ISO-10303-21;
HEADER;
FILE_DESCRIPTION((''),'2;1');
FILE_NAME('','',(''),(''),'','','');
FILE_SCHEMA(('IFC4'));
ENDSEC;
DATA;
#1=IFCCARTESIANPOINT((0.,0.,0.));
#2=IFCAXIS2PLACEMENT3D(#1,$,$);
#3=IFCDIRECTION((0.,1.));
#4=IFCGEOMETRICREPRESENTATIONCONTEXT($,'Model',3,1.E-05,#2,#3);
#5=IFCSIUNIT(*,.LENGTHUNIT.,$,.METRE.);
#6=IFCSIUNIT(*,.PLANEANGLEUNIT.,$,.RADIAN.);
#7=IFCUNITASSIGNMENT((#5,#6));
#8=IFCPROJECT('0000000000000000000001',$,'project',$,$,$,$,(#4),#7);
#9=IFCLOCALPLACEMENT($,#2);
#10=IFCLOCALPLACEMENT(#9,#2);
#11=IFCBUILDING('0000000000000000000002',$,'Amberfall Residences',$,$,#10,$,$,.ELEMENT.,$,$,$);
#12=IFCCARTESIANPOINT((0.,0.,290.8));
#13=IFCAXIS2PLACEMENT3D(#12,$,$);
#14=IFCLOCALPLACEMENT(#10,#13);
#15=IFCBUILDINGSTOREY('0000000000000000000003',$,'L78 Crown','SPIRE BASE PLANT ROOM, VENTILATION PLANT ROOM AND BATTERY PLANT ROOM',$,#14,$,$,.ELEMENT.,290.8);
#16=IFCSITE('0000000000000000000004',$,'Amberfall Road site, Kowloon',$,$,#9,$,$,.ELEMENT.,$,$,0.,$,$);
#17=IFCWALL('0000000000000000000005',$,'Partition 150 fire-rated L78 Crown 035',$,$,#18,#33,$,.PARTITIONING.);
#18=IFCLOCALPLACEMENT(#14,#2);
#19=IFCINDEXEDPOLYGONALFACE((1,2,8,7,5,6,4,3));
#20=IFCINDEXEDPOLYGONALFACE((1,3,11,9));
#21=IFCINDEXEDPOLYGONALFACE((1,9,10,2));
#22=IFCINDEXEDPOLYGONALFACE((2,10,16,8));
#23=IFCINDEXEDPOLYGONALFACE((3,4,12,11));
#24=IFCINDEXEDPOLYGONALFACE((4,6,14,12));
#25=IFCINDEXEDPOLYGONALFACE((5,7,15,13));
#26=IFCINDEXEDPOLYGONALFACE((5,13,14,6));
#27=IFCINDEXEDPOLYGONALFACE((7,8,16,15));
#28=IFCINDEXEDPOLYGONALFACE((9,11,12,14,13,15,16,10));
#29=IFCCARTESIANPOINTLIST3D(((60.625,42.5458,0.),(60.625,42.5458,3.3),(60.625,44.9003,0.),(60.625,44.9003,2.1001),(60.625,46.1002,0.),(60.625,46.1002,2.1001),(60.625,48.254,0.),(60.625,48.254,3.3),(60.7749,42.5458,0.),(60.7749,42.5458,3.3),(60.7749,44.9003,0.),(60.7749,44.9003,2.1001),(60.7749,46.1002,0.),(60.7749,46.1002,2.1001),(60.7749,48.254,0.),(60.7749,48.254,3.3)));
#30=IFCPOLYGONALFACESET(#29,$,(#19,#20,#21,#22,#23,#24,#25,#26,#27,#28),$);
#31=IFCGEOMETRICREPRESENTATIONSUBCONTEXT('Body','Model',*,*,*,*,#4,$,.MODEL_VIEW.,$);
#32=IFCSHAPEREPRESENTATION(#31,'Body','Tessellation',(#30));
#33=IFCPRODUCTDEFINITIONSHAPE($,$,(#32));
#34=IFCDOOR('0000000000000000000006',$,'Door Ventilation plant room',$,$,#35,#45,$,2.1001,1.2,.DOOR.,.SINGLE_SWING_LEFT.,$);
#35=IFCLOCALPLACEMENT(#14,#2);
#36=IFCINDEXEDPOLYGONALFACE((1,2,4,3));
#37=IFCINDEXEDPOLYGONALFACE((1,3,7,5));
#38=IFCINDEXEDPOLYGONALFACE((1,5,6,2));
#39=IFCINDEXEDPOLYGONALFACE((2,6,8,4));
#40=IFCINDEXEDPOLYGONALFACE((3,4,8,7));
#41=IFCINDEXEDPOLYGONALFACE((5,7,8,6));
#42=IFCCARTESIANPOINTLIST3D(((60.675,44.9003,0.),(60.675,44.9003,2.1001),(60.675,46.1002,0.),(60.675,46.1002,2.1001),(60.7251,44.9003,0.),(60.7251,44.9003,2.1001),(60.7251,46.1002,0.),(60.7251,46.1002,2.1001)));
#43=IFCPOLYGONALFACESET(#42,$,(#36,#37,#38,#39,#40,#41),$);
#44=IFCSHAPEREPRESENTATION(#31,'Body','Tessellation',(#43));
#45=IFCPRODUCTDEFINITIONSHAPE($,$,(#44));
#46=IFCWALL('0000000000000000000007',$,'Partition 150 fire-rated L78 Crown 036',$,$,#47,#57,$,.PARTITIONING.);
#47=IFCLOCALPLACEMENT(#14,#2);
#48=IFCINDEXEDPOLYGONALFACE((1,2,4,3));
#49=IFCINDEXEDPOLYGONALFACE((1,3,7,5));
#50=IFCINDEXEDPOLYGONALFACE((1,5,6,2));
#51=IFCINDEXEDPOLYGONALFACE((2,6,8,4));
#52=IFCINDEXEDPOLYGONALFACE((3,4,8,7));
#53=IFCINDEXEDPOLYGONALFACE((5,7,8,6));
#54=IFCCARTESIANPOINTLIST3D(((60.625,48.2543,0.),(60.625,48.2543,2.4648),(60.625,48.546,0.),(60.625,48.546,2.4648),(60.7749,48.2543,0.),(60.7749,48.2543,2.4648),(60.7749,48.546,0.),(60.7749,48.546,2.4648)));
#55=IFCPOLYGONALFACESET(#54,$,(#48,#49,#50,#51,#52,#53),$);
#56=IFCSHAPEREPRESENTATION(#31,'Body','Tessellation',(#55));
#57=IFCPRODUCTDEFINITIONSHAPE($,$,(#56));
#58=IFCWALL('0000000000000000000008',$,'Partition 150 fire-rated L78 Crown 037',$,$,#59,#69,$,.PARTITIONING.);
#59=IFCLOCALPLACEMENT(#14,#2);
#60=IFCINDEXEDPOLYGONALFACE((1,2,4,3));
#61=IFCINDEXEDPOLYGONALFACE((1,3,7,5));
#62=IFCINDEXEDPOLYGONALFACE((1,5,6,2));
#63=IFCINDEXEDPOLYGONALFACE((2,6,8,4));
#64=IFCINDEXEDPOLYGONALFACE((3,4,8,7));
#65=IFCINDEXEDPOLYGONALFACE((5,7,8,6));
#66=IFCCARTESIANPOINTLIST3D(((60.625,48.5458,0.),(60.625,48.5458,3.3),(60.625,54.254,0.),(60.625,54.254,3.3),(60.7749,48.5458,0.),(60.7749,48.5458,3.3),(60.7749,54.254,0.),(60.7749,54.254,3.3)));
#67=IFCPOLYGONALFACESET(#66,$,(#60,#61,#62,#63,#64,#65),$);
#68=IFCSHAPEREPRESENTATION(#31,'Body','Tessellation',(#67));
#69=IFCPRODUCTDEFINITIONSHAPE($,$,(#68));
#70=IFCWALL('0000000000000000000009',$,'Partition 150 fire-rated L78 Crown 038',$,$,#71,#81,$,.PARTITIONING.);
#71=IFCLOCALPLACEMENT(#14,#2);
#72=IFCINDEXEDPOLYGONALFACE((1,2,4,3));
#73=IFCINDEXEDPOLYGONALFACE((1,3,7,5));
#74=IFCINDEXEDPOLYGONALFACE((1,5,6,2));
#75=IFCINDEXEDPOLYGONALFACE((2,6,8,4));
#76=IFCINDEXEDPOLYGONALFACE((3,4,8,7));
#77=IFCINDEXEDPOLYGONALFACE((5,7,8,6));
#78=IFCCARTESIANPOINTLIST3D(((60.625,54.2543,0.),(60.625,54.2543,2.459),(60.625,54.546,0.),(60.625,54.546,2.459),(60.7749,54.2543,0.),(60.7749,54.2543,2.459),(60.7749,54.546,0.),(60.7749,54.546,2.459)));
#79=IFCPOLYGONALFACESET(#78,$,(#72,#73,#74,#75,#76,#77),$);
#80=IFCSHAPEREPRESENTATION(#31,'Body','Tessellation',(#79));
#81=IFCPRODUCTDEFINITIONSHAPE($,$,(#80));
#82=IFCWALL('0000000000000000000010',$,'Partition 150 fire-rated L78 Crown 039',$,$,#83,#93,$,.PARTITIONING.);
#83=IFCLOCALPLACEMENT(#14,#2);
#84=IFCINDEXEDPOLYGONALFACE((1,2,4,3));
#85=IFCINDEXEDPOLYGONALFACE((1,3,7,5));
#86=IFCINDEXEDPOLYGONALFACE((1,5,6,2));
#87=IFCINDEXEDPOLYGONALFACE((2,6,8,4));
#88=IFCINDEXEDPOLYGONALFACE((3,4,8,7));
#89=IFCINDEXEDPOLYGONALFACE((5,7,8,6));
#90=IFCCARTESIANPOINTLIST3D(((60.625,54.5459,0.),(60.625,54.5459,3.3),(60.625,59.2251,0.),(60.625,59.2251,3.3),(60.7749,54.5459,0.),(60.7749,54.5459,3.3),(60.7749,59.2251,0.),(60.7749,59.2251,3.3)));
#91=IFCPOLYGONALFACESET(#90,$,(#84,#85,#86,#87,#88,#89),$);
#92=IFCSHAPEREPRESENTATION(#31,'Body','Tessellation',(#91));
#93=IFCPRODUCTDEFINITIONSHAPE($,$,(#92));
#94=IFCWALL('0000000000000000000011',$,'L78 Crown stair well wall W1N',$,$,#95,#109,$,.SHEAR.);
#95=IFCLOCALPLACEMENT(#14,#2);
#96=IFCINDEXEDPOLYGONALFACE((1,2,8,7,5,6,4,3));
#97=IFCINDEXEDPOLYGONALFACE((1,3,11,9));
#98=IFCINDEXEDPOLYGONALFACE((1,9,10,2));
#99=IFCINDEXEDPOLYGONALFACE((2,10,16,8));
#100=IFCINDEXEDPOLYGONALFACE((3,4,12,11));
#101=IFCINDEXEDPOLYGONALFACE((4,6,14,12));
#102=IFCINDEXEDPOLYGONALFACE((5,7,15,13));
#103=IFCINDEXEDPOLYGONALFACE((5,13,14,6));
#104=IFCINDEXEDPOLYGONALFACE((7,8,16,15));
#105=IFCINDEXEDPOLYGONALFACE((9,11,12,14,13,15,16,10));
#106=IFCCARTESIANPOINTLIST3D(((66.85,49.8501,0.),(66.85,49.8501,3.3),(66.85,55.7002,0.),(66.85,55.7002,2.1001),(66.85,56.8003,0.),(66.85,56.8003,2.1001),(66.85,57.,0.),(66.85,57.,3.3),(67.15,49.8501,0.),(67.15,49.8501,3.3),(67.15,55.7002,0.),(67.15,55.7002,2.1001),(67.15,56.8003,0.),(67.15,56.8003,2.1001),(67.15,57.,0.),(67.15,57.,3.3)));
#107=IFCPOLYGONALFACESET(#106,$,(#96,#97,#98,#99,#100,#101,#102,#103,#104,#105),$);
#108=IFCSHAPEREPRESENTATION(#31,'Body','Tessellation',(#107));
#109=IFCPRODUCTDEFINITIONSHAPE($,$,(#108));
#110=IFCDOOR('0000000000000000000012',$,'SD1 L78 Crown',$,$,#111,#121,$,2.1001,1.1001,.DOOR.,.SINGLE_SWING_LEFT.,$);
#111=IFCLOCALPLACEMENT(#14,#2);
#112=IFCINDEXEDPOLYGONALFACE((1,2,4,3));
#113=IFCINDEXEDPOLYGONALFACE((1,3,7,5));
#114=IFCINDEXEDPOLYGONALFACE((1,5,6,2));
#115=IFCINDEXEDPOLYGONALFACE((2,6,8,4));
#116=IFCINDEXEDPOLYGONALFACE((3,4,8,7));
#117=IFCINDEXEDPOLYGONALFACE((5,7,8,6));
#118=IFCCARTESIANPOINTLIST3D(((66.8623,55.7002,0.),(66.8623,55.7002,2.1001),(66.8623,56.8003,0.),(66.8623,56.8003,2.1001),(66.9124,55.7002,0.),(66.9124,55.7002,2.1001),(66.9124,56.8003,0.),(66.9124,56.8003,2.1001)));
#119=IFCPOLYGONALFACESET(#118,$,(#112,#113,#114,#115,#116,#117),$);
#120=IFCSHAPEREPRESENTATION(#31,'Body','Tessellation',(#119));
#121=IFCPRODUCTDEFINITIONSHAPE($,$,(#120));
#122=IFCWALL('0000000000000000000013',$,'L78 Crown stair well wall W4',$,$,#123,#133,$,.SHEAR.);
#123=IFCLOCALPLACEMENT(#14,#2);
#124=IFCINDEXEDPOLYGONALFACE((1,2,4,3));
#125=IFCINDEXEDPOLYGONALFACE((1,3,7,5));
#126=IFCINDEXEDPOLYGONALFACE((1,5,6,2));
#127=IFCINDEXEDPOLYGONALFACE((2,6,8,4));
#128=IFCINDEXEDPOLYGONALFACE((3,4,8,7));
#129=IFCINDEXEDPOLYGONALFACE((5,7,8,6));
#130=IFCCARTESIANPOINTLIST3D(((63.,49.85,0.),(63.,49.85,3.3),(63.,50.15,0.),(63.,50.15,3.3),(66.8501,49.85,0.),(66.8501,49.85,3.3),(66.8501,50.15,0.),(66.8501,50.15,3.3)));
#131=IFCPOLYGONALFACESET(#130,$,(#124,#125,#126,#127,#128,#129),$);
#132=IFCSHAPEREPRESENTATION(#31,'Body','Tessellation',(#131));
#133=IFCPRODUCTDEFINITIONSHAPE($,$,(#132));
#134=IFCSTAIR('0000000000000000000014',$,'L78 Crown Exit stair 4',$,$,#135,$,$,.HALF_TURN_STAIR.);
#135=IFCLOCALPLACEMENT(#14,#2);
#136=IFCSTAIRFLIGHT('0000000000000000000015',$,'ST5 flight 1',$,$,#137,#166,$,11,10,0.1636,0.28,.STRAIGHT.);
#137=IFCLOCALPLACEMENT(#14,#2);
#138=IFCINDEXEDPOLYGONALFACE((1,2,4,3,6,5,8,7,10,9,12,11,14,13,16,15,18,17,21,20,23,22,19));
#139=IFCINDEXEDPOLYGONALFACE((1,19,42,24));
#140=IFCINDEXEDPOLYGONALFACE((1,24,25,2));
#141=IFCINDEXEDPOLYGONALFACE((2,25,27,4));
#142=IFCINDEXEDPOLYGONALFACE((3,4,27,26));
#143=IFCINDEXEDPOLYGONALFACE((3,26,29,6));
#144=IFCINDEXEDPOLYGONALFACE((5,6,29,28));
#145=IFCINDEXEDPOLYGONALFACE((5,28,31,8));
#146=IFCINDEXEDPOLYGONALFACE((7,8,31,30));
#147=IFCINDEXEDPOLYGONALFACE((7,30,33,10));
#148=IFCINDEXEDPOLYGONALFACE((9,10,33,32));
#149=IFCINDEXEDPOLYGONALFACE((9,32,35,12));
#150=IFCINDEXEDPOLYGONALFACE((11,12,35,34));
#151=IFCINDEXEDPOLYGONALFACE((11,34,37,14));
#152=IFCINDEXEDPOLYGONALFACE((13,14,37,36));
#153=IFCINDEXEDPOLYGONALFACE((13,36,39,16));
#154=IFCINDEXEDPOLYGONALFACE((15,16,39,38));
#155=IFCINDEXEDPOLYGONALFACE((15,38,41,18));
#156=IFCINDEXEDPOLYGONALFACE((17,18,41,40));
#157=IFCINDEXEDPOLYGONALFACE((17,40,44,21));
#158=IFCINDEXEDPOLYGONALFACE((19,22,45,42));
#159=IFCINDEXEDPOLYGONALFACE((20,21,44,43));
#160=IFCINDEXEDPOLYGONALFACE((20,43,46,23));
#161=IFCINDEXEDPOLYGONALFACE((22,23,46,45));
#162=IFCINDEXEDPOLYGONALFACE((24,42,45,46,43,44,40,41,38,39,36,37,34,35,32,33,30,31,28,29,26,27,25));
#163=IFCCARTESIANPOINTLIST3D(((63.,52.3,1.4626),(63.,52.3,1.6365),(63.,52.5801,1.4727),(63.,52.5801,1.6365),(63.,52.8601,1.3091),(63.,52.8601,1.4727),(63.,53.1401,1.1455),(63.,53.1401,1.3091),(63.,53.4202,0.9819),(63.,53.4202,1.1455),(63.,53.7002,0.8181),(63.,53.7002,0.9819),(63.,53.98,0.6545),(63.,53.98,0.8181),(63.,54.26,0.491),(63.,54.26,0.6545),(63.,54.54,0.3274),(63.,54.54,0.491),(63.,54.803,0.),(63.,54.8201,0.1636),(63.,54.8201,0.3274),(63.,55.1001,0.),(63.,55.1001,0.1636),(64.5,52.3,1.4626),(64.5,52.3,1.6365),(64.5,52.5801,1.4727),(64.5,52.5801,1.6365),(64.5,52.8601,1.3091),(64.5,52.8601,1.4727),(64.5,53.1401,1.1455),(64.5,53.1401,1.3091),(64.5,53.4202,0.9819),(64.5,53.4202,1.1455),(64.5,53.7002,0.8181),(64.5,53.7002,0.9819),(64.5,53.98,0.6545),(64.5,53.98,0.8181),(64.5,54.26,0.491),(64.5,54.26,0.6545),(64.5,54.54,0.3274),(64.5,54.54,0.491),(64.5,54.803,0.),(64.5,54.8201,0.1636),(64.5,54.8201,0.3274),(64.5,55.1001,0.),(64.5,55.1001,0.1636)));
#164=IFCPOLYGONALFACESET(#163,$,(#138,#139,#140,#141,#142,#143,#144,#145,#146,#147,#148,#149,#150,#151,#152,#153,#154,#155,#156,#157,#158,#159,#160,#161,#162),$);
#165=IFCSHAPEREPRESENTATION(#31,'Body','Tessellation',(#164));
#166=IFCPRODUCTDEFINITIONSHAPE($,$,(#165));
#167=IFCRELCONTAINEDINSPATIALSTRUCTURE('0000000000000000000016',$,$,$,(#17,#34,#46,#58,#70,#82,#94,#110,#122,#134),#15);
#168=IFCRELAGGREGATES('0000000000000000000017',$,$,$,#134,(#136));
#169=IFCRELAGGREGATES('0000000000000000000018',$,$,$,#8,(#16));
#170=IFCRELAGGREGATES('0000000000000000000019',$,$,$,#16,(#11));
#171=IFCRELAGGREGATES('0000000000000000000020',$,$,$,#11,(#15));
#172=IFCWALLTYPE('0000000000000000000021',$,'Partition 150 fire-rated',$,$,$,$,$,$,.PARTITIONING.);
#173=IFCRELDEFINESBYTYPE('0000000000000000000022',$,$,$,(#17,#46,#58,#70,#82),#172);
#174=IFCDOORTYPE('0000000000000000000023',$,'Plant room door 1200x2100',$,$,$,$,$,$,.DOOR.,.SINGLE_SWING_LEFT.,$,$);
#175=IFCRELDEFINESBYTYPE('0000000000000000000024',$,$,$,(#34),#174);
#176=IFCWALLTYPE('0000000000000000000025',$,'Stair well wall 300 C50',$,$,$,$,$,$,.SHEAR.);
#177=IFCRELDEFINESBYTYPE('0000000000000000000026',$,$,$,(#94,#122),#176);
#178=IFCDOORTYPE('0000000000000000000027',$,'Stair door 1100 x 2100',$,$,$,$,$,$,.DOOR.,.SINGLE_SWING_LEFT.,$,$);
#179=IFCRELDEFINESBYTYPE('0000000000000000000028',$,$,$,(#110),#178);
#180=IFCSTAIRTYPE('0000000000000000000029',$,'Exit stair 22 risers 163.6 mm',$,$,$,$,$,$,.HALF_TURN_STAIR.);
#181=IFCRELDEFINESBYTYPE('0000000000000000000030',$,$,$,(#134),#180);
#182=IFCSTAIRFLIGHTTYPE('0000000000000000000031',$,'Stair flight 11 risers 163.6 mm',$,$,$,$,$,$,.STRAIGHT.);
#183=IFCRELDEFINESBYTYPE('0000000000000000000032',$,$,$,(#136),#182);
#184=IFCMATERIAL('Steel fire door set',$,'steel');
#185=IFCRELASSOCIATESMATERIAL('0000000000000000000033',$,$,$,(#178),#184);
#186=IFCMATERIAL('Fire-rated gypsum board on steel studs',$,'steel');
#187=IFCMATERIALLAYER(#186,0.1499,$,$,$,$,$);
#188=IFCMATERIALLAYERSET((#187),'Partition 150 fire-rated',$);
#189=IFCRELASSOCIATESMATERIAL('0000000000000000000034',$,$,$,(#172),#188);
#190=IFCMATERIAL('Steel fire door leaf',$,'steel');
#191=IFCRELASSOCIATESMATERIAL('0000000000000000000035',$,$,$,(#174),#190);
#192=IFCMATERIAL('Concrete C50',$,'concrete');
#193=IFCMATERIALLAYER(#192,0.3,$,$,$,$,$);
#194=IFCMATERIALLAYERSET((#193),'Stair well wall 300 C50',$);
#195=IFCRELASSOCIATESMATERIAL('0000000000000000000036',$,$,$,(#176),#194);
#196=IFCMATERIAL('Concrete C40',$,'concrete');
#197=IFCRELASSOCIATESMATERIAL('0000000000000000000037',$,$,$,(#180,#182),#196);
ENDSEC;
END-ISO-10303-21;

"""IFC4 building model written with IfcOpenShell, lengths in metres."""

from ifc_helpers import new_model, si_unit, direction, frame, frame_2d, origin, place, context, subcontext, project, spatial, polyline, rectangle, outline, extrude, material, layer, layer_set, type_object, element, fill, aggregate, save


model = new_model("IFC4")

# Units and contexts
model_context = context("Model", 3, precision=1e-05, world=origin(), true_north=direction((0.0, 1.0)))
body_context = subcontext(model_context, "Body", "Model", "MODEL_VIEW")
ifc_project = project(units=[si_unit("LENGTHUNIT", "METRE"), si_unit("PLANEANGLEUNIT", "RADIAN")], contexts=[model_context])

# Site, building, storey
site_placement = place(None, origin())
site = spatial("IfcSite", under=ifc_project, at=site_placement, Name="Amberfall Road site, Kowloon", CompositionType="ELEMENT", RefElevation=0.0)
building_placement = place(site_placement, origin())
building = spatial("IfcBuilding", under=site, at=building_placement, Name="Amberfall Residences", CompositionType="ELEMENT")
storey_placement = place(building_placement, frame((0.0, 0.0, 290.8)))
storey = spatial("IfcBuildingStorey", under=building, at=storey_placement, Name="L78 Crown", Description="SPIRE BASE PLANT ROOM, VENTILATION PLANT ROOM AND BATTERY PLANT ROOM", CompositionType="ELEMENT", Elevation=290.8)

# Shared definitions
ifc_material_1 = material(Name="Steel fire door set", Category="steel")

# Shared definitions
ifc_material_2 = material(Name="Concrete C50", Category="concrete")
door_type_1 = type_object("IfcDoorType", Name="Stair door 1100 x 2100", OperationType="SINGLE_SWING_LEFT", PredefinedType="DOOR", material=ifc_material_1)

# Shared definitions
ifc_material_3 = material(Name="Fire-rated gypsum board on steel studs", Category="steel")
ifc_layer_1 = layer(ifc_material_3, 0.1499)
ifc_layer_set_1 = layer_set([ifc_layer_1], Name="Partition 150 fire-rated")
wall_type_1 = type_object("IfcWallType", Name="Partition 150 fire-rated", PredefinedType="PARTITIONING", material=ifc_layer_set_1)

# Wall, opening, door
wall_1_placement = place(storey_placement, frame((60.7, 42.5459, 0.0), z_axis=(0.0, 0.0, 1.0), x_axis=(0.0, 1.0, 0.0)))
wall_1 = element("IfcWall", 1, at=wall_1_placement, inside=storey, type_object=wall_type_1, Name="Partition 150 fire-rated L78 Crown 035", PredefinedType="PARTITIONING", context=body_context, shape_type="SweptSolid", body=[
    extrude(rectangle(XDim=5.7083, YDim=0.1499, at=frame_2d((2.854, 0.0))), origin(), (0.0, 0.0, 1.0), 3.3),
])
opening_1_placement = place(wall_1_placement, frame((2.3542, 0.0, 0.0)))
opening_1 = element("IfcOpeningElement", 2, at=opening_1_placement, cuts=wall_1, PredefinedType="OPENING", context=body_context, shape_type="SweptSolid", body=[
    extrude(rectangle(XDim=1.2, YDim=2.1001, at=frame_2d((0.6001, 1.05))), frame((0.0, 0.085, 0.0), z_axis=(0.0, -1.0, 0.0), x_axis=(1.0, 0.0, 0.0)), (0.0, 0.0, 1.0), 0.1699),
])
ifc_material_4 = material(Name="Steel fire door leaf", Category="steel")
door_type_2 = type_object("IfcDoorType", Name="Plant room door 1200x2100", OperationType="SINGLE_SWING_LEFT", PredefinedType="DOOR", material=ifc_material_4)
door_1_placement = place(opening_1_placement, origin())
door_1 = element("IfcDoor", 3, at=door_1_placement, inside=storey, type_object=door_type_2, Name="Door Ventilation plant room", OperationType="SINGLE_SWING_LEFT", OverallHeight=2.1001, OverallWidth=1.2, PredefinedType="DOOR", context=body_context, shape_type="SweptSolid", body=[
    extrude(rectangle(XDim=1.2, YDim=2.1001, at=frame_2d((0.6001, 1.05))), frame((0.0, 0.0249, 0.0), z_axis=(0.0, -1.0, 0.0), x_axis=(1.0, 0.0, 0.0)), (0.0, 0.0, 1.0), 0.05),
])
fill(opening_1, door_1)

# Walls
wall_2_placement = place(storey_placement, frame((60.7, 48.2542, 0.0), z_axis=(0.0, 0.0, 1.0), x_axis=(0.0, 1.0, 0.0)))
element("IfcWall", 4, at=wall_2_placement, inside=storey, type_object=wall_type_1, Name="Partition 150 fire-rated L78 Crown 036", PredefinedType="PARTITIONING", context=body_context, shape_type="SweptSolid", body=[
    extrude(rectangle(XDim=0.2917, YDim=0.1499, at=frame_2d((0.146, 0.0))), origin(), (0.0, 0.0, 1.0), 2.4648),
])
wall_3_placement = place(storey_placement, frame((60.7, 48.5459, 0.0), z_axis=(0.0, 0.0, 1.0), x_axis=(0.0, 1.0, 0.0)))
element("IfcWall", 5, at=wall_3_placement, inside=storey, type_object=wall_type_1, Name="Partition 150 fire-rated L78 Crown 037", PredefinedType="PARTITIONING", context=body_context, shape_type="SweptSolid", body=[
    extrude(rectangle(XDim=5.7083, YDim=0.1499, at=frame_2d((2.854, 0.0))), origin(), (0.0, 0.0, 1.0), 3.3),
])
wall_4_placement = place(storey_placement, frame((60.7, 54.2542, 0.0), z_axis=(0.0, 0.0, 1.0), x_axis=(0.0, 1.0, 0.0)))
element("IfcWall", 6, at=wall_4_placement, inside=storey, type_object=wall_type_1, Name="Partition 150 fire-rated L78 Crown 038", PredefinedType="PARTITIONING", context=body_context, shape_type="SweptSolid", body=[
    extrude(rectangle(XDim=0.2917, YDim=0.1499, at=frame_2d((0.146, 0.0))), origin(), (0.0, 0.0, 1.0), 2.459),
])
wall_5_placement = place(storey_placement, frame((60.7, 54.5459, 0.0), z_axis=(0.0, 0.0, 1.0), x_axis=(0.0, 1.0, 0.0)))
element("IfcWall", 7, at=wall_5_placement, inside=storey, type_object=wall_type_1, Name="Partition 150 fire-rated L78 Crown 039", PredefinedType="PARTITIONING", context=body_context, shape_type="SweptSolid", body=[
    extrude(rectangle(XDim=4.6792, YDim=0.1499, at=frame_2d((2.3396, 0.0))), origin(), (0.0, 0.0, 1.0), 3.3),
])

# Wall, opening, door
ifc_layer_2 = layer(ifc_material_2, 0.3)
ifc_layer_set_2 = layer_set([ifc_layer_2], Name="Stair well wall 300 C50")
wall_type_2 = type_object("IfcWallType", Name="Stair well wall 300 C50", PredefinedType="SHEAR", material=ifc_layer_set_2)
wall_6_placement = place(storey_placement, frame((67.0, 49.8501, 0.0), z_axis=(0.0, 0.0, 1.0), x_axis=(0.0, 1.0, 0.0)))
wall_6 = element("IfcWall", 8, at=wall_6_placement, inside=storey, type_object=wall_type_2, Name="L78 Crown stair well wall W1N", PredefinedType="SHEAR", context=body_context, shape_type="SweptSolid", body=[
    extrude(rectangle(XDim=7.1499, YDim=0.3, at=frame_2d((3.575, 0.0))), origin(), (0.0, 0.0, 1.0), 3.3),
])
opening_2_placement = place(wall_6_placement, frame((5.8501, 0.0, 0.0)))
opening_2 = element("IfcOpeningElement", 9, at=opening_2_placement, cuts=wall_6, PredefinedType="OPENING", context=body_context, shape_type="SweptSolid", body=[
    extrude(rectangle(XDim=1.1001, YDim=2.1001, at=frame_2d((0.55, 1.05))), frame((0.0, 0.1599, 0.0), z_axis=(0.0, -1.0, 0.0), x_axis=(1.0, 0.0, 0.0)), (0.0, 0.0, 1.0), 0.3201),
])
door_2_placement = place(opening_2_placement, origin())
door_2 = element("IfcDoor", 10, at=door_2_placement, inside=storey, type_object=door_type_1, Name="SD1 L78 Crown", OperationType="SINGLE_SWING_LEFT", OverallHeight=2.1001, OverallWidth=1.1001, PredefinedType="DOOR", context=body_context, shape_type="SweptSolid", body=[
    extrude(rectangle(XDim=1.1001, YDim=2.1001, at=frame_2d((0.55, 1.05))), frame((0.0, 0.1377, 0.0), z_axis=(0.0, -1.0, 0.0), x_axis=(1.0, 0.0, 0.0)), (0.0, 0.0, 1.0), 0.05),
])
fill(opening_2, door_2)

# Wall
wall_7_placement = place(storey_placement, frame((63.0, 50.0, 0.0), z_axis=(0.0, 0.0, 1.0), x_axis=(1.0, 0.0, 0.0)))
element("IfcWall", 11, at=wall_7_placement, inside=storey, type_object=wall_type_2, Name="L78 Crown stair well wall W4", PredefinedType="SHEAR", context=body_context, shape_type="SweptSolid", body=[
    extrude(rectangle(XDim=3.8501, YDim=0.3, at=frame_2d((1.925, 0.0))), origin(), (0.0, 0.0, 1.0), 3.3),
])

# Stair, stair flight
ifc_material_5 = material(Name="Concrete C40", Category="concrete")
stair_type = type_object("IfcStairType", Name="Exit stair 22 risers 163.6 mm", PredefinedType="HALF_TURN_STAIR", material=ifc_material_5)
stair_placement = place(storey_placement, origin())
stair = element("IfcStair", 12, at=stair_placement, inside=storey, type_object=stair_type, Name="L78 Crown Exit stair 4", PredefinedType="HALF_TURN_STAIR")
stair_flight_type = type_object("IfcStairFlightType", Name="Stair flight 11 risers 163.6 mm", PredefinedType="STRAIGHT", material=ifc_material_5)
stair_flight_1_placement = place(storey_placement, frame((63.75, 55.1001, 0.0), z_axis=(0.0, 0.0, 1.0), x_axis=(0.0, -1.0, 0.0)))
stair_flight_1 = element("IfcStairFlight", 13, at=stair_flight_1_placement, type_object=stair_flight_type, Name="ST5 flight 1", NumberOfRisers=11, NumberOfTreads=10, PredefinedType="STRAIGHT", RiserHeight=0.1636, TreadLength=0.28, context=body_context, shape_type="SweptSolid", body=[
    extrude(outline(polyline([(0.0, 0.0), (0.0, 0.1636), (0.28, 0.1636), (0.28, 0.3274), (0.5601, 0.3274), (0.5601, 0.491), (0.8401, 0.491), (0.8401, 0.6545), (1.1201, 0.6545), (1.1201, 0.8181), (1.3999, 0.8181), (1.3999, 0.9819), (1.6799, 0.9819), (1.6799, 1.1455), (1.96, 1.1455), (1.96, 1.3091), (2.24, 1.3091), (2.24, 1.4727), (2.52, 1.4727), (2.52, 1.6365), (2.8, 1.6365), (2.8, 1.8), (2.8, 1.4626), (0.2971, 0.0), (0.0, 0.0)])), frame((0.0, 0.75, 0.0), z_axis=(0.0, -1.0, 0.0), x_axis=(1.0, 0.0, 0.0)), (0.0, 0.0, 1.0), 1.5),
])
aggregate(stair, [stair_flight_1])

save(model, "model.ifc")
